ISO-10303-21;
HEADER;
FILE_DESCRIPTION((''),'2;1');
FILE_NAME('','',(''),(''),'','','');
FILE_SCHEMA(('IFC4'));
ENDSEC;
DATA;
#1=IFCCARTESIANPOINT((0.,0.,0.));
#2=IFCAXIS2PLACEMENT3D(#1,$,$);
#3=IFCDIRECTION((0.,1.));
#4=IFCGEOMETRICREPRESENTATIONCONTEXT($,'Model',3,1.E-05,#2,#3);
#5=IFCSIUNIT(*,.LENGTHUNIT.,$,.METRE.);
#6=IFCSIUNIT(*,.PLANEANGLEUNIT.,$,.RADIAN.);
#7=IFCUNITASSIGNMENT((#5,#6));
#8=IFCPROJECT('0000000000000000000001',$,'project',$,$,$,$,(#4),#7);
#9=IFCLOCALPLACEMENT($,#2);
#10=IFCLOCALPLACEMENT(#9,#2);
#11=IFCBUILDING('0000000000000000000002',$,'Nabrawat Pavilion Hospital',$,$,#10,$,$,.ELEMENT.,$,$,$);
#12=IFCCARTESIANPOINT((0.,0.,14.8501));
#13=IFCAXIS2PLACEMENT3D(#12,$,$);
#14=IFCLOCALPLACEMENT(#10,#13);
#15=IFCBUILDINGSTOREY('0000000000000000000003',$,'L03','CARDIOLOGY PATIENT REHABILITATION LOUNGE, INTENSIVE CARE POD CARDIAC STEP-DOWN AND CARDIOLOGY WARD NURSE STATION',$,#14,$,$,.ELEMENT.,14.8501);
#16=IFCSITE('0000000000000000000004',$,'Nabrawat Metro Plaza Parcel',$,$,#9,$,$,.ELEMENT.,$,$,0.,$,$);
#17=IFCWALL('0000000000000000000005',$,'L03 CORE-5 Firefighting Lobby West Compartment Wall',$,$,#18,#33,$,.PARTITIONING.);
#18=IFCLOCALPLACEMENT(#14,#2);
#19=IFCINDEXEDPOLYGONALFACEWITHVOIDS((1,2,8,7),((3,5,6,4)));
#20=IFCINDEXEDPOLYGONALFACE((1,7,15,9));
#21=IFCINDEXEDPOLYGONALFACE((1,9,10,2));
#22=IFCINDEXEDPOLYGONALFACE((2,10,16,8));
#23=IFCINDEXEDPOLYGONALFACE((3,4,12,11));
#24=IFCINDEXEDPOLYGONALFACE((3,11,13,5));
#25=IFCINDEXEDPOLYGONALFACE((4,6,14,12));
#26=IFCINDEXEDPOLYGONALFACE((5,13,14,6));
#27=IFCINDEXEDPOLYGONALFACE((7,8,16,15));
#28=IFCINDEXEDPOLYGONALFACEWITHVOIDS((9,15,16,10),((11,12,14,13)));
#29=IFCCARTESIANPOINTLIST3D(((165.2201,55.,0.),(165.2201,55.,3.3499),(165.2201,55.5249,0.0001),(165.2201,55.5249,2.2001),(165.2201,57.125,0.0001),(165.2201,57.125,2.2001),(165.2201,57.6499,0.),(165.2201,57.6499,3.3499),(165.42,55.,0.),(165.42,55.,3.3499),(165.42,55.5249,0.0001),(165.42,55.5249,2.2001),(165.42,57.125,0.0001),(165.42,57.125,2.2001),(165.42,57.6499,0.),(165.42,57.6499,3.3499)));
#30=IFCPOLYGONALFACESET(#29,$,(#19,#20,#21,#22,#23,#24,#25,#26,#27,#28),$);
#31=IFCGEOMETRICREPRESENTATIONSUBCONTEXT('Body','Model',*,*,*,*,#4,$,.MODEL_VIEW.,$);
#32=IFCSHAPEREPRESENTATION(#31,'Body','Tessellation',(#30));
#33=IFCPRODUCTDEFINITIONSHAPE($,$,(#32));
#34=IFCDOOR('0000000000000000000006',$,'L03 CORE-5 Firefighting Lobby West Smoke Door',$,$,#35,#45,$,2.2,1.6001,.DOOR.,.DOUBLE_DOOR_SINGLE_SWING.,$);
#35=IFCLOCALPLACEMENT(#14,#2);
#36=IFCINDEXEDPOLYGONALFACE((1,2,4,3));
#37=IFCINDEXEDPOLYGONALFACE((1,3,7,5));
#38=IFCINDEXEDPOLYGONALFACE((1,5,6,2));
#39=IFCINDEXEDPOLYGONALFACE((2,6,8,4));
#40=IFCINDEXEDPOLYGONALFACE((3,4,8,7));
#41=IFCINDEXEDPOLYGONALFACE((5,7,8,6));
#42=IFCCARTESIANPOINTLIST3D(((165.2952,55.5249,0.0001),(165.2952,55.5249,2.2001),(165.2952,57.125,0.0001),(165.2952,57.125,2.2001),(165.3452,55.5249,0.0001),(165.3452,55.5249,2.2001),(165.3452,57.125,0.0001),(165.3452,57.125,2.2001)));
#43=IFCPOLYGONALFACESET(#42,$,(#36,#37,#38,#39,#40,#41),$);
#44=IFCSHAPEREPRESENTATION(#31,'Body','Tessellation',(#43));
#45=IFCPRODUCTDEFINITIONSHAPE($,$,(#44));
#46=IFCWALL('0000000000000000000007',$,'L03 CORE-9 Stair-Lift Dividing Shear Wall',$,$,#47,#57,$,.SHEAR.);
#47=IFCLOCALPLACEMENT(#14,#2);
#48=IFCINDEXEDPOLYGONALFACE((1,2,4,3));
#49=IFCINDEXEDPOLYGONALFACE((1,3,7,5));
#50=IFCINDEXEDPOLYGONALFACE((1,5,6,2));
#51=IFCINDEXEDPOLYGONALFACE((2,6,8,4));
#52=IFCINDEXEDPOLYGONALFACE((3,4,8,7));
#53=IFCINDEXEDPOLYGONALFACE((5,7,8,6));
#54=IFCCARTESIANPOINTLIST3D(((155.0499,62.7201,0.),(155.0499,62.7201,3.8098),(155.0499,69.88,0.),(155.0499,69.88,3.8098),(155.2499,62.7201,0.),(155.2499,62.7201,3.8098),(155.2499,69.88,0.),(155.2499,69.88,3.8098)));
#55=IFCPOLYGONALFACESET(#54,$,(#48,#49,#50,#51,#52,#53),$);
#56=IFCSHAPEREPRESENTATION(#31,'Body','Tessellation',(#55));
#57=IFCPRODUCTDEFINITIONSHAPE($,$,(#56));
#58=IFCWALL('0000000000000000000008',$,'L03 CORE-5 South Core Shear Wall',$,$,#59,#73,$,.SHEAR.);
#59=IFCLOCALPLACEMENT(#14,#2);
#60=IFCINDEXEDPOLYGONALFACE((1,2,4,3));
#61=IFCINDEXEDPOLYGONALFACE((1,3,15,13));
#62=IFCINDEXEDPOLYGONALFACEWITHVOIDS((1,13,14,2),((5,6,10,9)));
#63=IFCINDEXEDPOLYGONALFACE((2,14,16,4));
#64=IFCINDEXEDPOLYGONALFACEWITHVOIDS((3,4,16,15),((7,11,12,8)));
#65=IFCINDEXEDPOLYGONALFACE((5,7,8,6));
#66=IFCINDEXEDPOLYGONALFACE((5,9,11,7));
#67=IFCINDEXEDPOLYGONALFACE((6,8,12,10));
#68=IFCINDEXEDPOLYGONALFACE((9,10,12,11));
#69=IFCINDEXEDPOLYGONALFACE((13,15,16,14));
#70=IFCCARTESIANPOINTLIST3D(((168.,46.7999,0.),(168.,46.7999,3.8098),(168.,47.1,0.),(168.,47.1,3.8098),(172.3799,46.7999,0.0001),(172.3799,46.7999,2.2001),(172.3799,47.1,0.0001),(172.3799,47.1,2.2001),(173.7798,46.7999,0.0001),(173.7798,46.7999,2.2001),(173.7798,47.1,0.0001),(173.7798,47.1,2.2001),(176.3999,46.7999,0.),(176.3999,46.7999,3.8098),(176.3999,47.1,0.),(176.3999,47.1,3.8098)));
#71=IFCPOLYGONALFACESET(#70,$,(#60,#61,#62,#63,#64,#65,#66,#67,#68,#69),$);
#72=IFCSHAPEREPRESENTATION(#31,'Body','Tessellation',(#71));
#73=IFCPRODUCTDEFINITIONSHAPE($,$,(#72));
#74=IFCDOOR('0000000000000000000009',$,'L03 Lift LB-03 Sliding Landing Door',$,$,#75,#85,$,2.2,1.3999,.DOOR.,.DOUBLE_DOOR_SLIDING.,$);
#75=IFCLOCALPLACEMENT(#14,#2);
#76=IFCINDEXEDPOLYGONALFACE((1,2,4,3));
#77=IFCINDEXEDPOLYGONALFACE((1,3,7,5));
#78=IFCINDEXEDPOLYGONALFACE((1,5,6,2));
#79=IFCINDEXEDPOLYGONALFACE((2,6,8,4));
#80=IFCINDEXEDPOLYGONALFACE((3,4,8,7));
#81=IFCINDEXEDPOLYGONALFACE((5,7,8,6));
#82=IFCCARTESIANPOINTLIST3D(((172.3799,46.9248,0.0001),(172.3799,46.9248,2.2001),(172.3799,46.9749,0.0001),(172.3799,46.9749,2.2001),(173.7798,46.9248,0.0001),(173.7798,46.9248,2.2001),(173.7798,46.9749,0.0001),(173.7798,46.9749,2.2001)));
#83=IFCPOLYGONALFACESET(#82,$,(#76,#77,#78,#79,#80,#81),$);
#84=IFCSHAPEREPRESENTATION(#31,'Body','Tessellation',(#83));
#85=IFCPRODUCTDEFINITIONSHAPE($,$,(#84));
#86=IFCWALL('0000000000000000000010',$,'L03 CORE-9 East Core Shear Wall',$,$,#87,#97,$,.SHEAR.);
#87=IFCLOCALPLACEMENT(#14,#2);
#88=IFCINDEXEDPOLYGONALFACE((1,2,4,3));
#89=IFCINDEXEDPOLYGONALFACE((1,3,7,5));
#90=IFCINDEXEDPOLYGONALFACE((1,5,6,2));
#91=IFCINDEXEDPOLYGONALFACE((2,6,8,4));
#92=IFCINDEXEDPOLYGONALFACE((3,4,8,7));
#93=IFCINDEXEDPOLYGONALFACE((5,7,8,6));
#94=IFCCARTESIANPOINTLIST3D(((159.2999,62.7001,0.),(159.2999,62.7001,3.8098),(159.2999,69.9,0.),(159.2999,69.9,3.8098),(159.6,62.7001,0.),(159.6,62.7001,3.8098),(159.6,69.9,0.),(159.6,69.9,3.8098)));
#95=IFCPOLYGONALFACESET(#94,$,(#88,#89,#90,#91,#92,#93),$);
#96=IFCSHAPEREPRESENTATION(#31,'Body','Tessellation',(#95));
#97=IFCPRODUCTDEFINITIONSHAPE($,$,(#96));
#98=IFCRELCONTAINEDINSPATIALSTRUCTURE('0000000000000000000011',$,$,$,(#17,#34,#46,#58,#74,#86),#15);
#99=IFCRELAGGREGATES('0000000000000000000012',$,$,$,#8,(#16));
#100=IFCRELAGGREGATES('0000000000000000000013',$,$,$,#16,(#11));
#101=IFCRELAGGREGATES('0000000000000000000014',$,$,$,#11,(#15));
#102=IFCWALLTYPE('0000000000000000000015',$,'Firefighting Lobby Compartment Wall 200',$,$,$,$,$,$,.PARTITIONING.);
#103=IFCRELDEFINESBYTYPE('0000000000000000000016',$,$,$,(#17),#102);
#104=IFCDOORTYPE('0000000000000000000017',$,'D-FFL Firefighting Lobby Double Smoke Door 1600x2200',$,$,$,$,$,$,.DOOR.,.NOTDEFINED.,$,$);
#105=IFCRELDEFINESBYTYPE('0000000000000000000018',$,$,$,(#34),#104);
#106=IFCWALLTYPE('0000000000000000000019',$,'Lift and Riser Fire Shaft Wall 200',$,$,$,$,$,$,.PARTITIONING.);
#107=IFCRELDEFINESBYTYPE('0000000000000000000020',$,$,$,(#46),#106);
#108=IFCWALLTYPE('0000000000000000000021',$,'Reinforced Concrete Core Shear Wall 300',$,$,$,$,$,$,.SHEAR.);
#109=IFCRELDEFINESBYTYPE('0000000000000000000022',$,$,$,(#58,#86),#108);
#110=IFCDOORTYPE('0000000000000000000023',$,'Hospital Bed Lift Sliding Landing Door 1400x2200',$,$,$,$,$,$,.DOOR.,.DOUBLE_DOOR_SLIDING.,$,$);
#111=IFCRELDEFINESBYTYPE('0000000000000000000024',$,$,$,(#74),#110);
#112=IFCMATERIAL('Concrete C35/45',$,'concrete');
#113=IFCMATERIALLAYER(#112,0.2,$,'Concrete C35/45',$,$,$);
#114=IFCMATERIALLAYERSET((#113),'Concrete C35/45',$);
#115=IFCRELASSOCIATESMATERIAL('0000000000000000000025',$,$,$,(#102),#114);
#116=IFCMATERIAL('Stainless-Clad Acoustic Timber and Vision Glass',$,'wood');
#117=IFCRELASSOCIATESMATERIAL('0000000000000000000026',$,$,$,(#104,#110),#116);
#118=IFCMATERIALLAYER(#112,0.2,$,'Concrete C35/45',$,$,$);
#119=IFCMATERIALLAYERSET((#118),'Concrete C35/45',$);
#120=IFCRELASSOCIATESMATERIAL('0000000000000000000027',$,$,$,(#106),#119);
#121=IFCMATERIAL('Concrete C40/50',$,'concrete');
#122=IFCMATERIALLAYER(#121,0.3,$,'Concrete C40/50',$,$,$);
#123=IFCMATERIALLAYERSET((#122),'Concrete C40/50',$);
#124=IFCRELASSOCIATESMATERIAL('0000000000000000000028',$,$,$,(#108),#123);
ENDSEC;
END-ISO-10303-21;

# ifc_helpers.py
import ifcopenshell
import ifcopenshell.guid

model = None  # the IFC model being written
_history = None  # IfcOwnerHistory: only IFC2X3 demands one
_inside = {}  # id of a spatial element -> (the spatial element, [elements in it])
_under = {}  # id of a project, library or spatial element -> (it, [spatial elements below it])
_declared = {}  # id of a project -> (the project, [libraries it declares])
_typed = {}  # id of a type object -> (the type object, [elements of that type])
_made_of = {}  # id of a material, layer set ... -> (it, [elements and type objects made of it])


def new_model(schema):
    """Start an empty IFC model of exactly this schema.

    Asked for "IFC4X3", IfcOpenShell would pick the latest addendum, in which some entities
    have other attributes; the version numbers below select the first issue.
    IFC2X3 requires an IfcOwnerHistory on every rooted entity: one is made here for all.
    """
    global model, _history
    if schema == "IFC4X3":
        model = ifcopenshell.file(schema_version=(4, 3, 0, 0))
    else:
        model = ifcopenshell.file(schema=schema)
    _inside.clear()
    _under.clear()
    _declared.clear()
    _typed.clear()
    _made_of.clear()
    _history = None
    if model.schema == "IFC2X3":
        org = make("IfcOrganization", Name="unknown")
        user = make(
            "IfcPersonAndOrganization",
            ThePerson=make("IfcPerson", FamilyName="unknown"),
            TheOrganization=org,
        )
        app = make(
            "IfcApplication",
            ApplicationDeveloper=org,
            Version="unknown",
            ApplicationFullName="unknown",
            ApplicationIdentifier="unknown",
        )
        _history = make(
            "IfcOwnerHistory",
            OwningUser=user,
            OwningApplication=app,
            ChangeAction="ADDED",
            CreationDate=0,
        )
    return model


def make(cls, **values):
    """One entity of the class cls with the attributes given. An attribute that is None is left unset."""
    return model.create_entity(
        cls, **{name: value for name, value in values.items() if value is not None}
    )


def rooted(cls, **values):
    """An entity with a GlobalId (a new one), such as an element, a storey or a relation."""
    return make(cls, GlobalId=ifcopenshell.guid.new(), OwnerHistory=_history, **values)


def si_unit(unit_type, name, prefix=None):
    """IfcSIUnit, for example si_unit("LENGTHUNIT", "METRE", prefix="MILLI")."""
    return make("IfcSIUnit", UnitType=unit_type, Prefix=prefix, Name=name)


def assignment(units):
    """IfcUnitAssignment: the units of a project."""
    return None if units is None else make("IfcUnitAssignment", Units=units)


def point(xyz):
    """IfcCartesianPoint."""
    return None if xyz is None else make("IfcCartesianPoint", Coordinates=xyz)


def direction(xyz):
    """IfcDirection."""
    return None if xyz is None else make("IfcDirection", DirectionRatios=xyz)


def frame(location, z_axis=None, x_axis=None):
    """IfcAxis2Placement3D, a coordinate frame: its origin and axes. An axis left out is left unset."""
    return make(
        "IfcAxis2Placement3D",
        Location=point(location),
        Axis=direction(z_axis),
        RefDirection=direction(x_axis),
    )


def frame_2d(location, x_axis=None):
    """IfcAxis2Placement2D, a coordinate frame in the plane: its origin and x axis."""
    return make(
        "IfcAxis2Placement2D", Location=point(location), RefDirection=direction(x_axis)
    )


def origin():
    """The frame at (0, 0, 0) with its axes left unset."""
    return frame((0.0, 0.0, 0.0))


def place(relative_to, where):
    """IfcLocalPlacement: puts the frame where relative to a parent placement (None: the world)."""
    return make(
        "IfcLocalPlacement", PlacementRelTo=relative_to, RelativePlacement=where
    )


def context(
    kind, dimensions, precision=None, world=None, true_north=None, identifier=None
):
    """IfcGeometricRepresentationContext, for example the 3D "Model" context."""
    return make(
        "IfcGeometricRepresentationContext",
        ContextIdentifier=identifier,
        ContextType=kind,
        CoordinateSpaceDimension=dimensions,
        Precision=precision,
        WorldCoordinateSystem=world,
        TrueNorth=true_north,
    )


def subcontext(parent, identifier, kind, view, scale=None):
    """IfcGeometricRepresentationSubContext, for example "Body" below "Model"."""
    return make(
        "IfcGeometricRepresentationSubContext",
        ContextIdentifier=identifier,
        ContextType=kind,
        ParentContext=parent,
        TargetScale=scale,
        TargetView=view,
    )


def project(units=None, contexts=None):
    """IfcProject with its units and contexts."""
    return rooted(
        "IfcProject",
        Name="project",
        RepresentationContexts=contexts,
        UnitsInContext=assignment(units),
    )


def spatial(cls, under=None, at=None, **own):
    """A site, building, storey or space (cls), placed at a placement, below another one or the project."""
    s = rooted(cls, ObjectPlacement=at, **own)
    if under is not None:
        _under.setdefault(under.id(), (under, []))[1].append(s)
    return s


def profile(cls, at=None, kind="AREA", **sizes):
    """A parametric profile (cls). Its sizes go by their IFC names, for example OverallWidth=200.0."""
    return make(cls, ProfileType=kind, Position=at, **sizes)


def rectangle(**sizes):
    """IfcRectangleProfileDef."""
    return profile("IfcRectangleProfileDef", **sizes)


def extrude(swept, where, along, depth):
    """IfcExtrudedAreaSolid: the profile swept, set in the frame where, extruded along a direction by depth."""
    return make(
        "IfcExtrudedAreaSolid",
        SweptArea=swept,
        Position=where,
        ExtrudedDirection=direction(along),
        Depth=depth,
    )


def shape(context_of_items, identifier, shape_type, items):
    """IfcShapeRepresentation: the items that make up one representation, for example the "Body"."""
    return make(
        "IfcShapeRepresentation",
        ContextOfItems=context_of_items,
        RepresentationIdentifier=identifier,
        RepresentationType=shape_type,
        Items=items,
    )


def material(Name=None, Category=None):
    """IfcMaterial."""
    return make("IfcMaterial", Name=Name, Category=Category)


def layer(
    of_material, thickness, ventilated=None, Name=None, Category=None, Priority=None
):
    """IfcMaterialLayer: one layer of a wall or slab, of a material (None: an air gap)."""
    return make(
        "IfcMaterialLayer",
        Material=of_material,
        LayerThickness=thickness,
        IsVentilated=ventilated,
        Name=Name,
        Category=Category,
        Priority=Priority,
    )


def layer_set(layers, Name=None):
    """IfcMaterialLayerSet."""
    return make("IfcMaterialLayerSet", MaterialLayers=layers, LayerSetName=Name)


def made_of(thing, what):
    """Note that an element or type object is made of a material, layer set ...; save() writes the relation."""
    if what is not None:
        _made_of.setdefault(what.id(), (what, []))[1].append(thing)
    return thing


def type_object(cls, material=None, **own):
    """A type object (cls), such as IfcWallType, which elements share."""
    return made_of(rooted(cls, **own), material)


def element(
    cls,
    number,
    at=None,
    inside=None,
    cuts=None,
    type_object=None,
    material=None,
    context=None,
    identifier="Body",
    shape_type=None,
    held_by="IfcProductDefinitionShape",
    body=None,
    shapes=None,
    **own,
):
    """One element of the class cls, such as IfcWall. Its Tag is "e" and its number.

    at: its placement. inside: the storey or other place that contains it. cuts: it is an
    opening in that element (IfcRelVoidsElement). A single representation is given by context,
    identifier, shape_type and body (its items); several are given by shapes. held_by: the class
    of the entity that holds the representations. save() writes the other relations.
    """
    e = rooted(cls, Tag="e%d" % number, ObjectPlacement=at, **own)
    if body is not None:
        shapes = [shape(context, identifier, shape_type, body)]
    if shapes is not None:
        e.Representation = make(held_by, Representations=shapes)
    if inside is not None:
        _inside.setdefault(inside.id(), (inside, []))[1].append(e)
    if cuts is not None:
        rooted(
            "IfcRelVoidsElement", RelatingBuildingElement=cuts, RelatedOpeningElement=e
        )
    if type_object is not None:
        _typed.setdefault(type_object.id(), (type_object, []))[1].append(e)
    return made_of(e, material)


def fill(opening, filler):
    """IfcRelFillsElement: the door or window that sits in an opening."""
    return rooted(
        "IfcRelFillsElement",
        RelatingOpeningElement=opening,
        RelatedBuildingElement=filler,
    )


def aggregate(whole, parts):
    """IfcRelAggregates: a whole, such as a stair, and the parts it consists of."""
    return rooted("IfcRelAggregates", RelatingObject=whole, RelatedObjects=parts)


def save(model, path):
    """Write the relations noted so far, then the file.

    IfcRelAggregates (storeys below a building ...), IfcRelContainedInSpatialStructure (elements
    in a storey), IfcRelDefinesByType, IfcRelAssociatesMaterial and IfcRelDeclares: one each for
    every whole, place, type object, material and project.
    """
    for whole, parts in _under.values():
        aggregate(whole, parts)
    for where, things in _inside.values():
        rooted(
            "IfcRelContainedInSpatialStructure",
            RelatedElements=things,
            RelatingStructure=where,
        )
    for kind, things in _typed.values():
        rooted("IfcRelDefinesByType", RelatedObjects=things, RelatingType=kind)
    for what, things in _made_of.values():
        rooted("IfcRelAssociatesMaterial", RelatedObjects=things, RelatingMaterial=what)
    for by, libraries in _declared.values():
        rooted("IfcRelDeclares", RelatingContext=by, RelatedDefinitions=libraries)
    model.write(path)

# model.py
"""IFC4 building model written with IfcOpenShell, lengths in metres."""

from ifc_helpers import new_model, si_unit, direction, frame, frame_2d, origin, place, context, subcontext, project, spatial, rectangle, extrude, material, layer, layer_set, type_object, element, fill, save


model = new_model("IFC4")

# Units and contexts
model_context = context("Model", 3, precision=1e-05, world=origin(), true_north=direction((0.0, 1.0)))
body_context = subcontext(model_context, "Body", "Model", "MODEL_VIEW")
ifc_project = project(units=[si_unit("LENGTHUNIT", "METRE"), si_unit("PLANEANGLEUNIT", "RADIAN")], contexts=[model_context])

# Site, building, storey
site_placement = place(None, origin())
site = spatial("IfcSite", under=ifc_project, at=site_placement, Name="Nabrawat Metro Plaza Parcel", CompositionType="ELEMENT", RefElevation=0.0)
building_placement = place(site_placement, origin())
building = spatial("IfcBuilding", under=site, at=building_placement, Name="Nabrawat Pavilion Hospital", CompositionType="ELEMENT")
storey_placement = place(building_placement, frame((0.0, 0.0, 14.8501)))
storey = spatial("IfcBuildingStorey", under=building, at=storey_placement, Name="L03", Description="CARDIOLOGY PATIENT REHABILITATION LOUNGE, INTENSIVE CARE POD CARDIAC STEP-DOWN AND CARDIOLOGY WARD NURSE STATION", CompositionType="ELEMENT", Elevation=14.8501)

# Shared definitions
ifc_material_1 = material(Name="Concrete C40/50", Category="concrete")

# Shared definitions
ifc_material_2 = material(Name="Stainless-Clad Acoustic Timber and Vision Glass", Category="wood")

# Shared definitions
ifc_material_3 = material(Name="Concrete C35/45", Category="concrete")
ifc_layer_1 = layer(ifc_material_3, 0.2, Name="Concrete C35/45")
ifc_layer_set_1 = layer_set([ifc_layer_1], Name="Concrete C35/45")
wall_type_1 = type_object("IfcWallType", Name="Firefighting Lobby Compartment Wall 200", PredefinedType="PARTITIONING", material=ifc_layer_set_1)

# Wall, opening, door
wall_1_placement = place(storey_placement, frame((165.3201, 55.0, 0.0), z_axis=(0.0, 0.0, 1.0), x_axis=(0.0, 1.0, 0.0)))
wall_1 = element("IfcWall", 1, at=wall_1_placement, inside=storey, type_object=wall_type_1, Name="L03 CORE-5 Firefighting Lobby West Compartment Wall", PredefinedType="PARTITIONING", context=body_context, shape_type="SweptSolid", body=[
    extrude(rectangle(XDim=2.6499, YDim=0.2, at=frame_2d((1.325, 0.0))), origin(), (0.0, 0.0, 1.0), 3.3499),
])
opening_1_placement = place(wall_1_placement, frame((0.5249, 0.0, 0.0)))
opening_1 = element("IfcOpeningElement", 2, at=opening_1_placement, cuts=wall_1, PredefinedType="OPENING", context=body_context, shape_type="SweptSolid", body=[
    extrude(rectangle(XDim=1.6001, YDim=2.2, at=frame_2d((0.8, 1.1001))), frame((0.0, 0.1099, 0.0), z_axis=(0.0, -1.0, 0.0), x_axis=(1.0, 0.0, 0.0)), (0.0, 0.0, 1.0), 0.22),
])
door_type_1 = type_object("IfcDoorType", Name="D-FFL Firefighting Lobby Double Smoke Door 1600x2200", OperationType="NOTDEFINED", PredefinedType="DOOR", material=ifc_material_2)
door_1_placement = place(opening_1_placement, origin())
door_1 = element("IfcDoor", 3, at=door_1_placement, inside=storey, type_object=door_type_1, Name="L03 CORE-5 Firefighting Lobby West Smoke Door", OperationType="DOUBLE_DOOR_SINGLE_SWING", OverallHeight=2.2, OverallWidth=1.6001, PredefinedType="DOOR", context=body_context, shape_type="SweptSolid", body=[
    extrude(rectangle(XDim=1.6001, YDim=2.2, at=frame_2d((0.8, 1.1001))), frame((0.0, 0.0249, 0.0), z_axis=(0.0, -1.0, 0.0), x_axis=(1.0, 0.0, 0.0)), (0.0, 0.0, 1.0), 0.05),
])
fill(opening_1, door_1)

# Wall
ifc_layer_2 = layer(ifc_material_3, 0.2, Name="Concrete C35/45")
ifc_layer_set_2 = layer_set([ifc_layer_2], Name="Concrete C35/45")
wall_type_2 = type_object("IfcWallType", Name="Lift and Riser Fire Shaft Wall 200", PredefinedType="PARTITIONING", material=ifc_layer_set_2)
wall_2_placement = place(storey_placement, frame((155.1499, 62.72, 0.0), z_axis=(0.0, 0.0, 1.0), x_axis=(0.0, 1.0, 0.0)))
element("IfcWall", 4, at=wall_2_placement, inside=storey, type_object=wall_type_2, Name="L03 CORE-9 Stair-Lift Dividing Shear Wall", PredefinedType="SHEAR", context=body_context, shape_type="SweptSolid", body=[
    extrude(rectangle(XDim=7.1599, YDim=0.2, at=frame_2d((3.5801, 0.0))), origin(), (0.0, 0.0, 1.0), 3.8098),
])

# Wall, opening, door
ifc_layer_3 = layer(ifc_material_1, 0.3, Name="Concrete C40/50")
ifc_layer_set_3 = layer_set([ifc_layer_3], Name="Concrete C40/50")
wall_type_3 = type_object("IfcWallType", Name="Reinforced Concrete Core Shear Wall 300", PredefinedType="SHEAR", material=ifc_layer_set_3)
wall_3_placement = place(storey_placement, frame((168.0, 46.95, 0.0), z_axis=(0.0, 0.0, 1.0), x_axis=(1.0, 0.0, 0.0)))
wall_3 = element("IfcWall", 5, at=wall_3_placement, inside=storey, type_object=wall_type_3, Name="L03 CORE-5 South Core Shear Wall", PredefinedType="SHEAR", context=body_context, shape_type="SweptSolid", body=[
    extrude(rectangle(XDim=8.3999, YDim=0.3, at=frame_2d((4.2, 0.0))), origin(), (0.0, 0.0, 1.0), 3.8098),
])
opening_2_placement = place(wall_3_placement, frame((4.3799, 0.0, 0.0)))
opening_2 = element("IfcOpeningElement", 6, at=opening_2_placement, cuts=wall_3, PredefinedType="OPENING", context=body_context, shape_type="SweptSolid", body=[
    extrude(rectangle(XDim=1.3999, YDim=2.2, at=frame_2d((0.7, 1.1001))), frame((0.0, 0.1602, 0.0), z_axis=(0.0, -1.0, 0.0), x_axis=(1.0, 0.0, 0.0)), (0.0, 0.0, 1.0), 0.3201),
])
door_type_2 = type_object("IfcDoorType", Name="Hospital Bed Lift Sliding Landing Door 1400x2200", OperationType="DOUBLE_DOOR_SLIDING", PredefinedType="DOOR", material=ifc_material_2)
door_2_placement = place(opening_2_placement, origin())
door_2 = element("IfcDoor", 7, at=door_2_placement, inside=storey, type_object=door_type_2, Name="L03 Lift LB-03 Sliding Landing Door", OperationType="DOUBLE_DOOR_SLIDING", OverallHeight=2.2, OverallWidth=1.3999, PredefinedType="DOOR", context=body_context, shape_type="SweptSolid", body=[
    extrude(rectangle(XDim=1.3999, YDim=2.2, at=frame_2d((0.7, 1.1001))), frame((0.0, 0.0249, 0.0), z_axis=(0.0, -1.0, 0.0), x_axis=(1.0, 0.0, 0.0)), (0.0, 0.0, 1.0), 0.05),
])
fill(opening_2, door_2)

# Wall
wall_4_placement = place(storey_placement, frame((159.45, 62.7, 0.0), z_axis=(0.0, 0.0, 1.0), x_axis=(0.0, 1.0, 0.0)))
element("IfcWall", 8, at=wall_4_placement, inside=storey, type_object=wall_type_3, Name="L03 CORE-9 East Core Shear Wall", PredefinedType="SHEAR", context=body_context, shape_type="SweptSolid", body=[
    extrude(rectangle(XDim=7.2, YDim=0.3, at=frame_2d((3.6001, 0.0))), origin(), (0.0, 0.0, 1.0), 3.8098),
])

save(model, "model.ifc")
